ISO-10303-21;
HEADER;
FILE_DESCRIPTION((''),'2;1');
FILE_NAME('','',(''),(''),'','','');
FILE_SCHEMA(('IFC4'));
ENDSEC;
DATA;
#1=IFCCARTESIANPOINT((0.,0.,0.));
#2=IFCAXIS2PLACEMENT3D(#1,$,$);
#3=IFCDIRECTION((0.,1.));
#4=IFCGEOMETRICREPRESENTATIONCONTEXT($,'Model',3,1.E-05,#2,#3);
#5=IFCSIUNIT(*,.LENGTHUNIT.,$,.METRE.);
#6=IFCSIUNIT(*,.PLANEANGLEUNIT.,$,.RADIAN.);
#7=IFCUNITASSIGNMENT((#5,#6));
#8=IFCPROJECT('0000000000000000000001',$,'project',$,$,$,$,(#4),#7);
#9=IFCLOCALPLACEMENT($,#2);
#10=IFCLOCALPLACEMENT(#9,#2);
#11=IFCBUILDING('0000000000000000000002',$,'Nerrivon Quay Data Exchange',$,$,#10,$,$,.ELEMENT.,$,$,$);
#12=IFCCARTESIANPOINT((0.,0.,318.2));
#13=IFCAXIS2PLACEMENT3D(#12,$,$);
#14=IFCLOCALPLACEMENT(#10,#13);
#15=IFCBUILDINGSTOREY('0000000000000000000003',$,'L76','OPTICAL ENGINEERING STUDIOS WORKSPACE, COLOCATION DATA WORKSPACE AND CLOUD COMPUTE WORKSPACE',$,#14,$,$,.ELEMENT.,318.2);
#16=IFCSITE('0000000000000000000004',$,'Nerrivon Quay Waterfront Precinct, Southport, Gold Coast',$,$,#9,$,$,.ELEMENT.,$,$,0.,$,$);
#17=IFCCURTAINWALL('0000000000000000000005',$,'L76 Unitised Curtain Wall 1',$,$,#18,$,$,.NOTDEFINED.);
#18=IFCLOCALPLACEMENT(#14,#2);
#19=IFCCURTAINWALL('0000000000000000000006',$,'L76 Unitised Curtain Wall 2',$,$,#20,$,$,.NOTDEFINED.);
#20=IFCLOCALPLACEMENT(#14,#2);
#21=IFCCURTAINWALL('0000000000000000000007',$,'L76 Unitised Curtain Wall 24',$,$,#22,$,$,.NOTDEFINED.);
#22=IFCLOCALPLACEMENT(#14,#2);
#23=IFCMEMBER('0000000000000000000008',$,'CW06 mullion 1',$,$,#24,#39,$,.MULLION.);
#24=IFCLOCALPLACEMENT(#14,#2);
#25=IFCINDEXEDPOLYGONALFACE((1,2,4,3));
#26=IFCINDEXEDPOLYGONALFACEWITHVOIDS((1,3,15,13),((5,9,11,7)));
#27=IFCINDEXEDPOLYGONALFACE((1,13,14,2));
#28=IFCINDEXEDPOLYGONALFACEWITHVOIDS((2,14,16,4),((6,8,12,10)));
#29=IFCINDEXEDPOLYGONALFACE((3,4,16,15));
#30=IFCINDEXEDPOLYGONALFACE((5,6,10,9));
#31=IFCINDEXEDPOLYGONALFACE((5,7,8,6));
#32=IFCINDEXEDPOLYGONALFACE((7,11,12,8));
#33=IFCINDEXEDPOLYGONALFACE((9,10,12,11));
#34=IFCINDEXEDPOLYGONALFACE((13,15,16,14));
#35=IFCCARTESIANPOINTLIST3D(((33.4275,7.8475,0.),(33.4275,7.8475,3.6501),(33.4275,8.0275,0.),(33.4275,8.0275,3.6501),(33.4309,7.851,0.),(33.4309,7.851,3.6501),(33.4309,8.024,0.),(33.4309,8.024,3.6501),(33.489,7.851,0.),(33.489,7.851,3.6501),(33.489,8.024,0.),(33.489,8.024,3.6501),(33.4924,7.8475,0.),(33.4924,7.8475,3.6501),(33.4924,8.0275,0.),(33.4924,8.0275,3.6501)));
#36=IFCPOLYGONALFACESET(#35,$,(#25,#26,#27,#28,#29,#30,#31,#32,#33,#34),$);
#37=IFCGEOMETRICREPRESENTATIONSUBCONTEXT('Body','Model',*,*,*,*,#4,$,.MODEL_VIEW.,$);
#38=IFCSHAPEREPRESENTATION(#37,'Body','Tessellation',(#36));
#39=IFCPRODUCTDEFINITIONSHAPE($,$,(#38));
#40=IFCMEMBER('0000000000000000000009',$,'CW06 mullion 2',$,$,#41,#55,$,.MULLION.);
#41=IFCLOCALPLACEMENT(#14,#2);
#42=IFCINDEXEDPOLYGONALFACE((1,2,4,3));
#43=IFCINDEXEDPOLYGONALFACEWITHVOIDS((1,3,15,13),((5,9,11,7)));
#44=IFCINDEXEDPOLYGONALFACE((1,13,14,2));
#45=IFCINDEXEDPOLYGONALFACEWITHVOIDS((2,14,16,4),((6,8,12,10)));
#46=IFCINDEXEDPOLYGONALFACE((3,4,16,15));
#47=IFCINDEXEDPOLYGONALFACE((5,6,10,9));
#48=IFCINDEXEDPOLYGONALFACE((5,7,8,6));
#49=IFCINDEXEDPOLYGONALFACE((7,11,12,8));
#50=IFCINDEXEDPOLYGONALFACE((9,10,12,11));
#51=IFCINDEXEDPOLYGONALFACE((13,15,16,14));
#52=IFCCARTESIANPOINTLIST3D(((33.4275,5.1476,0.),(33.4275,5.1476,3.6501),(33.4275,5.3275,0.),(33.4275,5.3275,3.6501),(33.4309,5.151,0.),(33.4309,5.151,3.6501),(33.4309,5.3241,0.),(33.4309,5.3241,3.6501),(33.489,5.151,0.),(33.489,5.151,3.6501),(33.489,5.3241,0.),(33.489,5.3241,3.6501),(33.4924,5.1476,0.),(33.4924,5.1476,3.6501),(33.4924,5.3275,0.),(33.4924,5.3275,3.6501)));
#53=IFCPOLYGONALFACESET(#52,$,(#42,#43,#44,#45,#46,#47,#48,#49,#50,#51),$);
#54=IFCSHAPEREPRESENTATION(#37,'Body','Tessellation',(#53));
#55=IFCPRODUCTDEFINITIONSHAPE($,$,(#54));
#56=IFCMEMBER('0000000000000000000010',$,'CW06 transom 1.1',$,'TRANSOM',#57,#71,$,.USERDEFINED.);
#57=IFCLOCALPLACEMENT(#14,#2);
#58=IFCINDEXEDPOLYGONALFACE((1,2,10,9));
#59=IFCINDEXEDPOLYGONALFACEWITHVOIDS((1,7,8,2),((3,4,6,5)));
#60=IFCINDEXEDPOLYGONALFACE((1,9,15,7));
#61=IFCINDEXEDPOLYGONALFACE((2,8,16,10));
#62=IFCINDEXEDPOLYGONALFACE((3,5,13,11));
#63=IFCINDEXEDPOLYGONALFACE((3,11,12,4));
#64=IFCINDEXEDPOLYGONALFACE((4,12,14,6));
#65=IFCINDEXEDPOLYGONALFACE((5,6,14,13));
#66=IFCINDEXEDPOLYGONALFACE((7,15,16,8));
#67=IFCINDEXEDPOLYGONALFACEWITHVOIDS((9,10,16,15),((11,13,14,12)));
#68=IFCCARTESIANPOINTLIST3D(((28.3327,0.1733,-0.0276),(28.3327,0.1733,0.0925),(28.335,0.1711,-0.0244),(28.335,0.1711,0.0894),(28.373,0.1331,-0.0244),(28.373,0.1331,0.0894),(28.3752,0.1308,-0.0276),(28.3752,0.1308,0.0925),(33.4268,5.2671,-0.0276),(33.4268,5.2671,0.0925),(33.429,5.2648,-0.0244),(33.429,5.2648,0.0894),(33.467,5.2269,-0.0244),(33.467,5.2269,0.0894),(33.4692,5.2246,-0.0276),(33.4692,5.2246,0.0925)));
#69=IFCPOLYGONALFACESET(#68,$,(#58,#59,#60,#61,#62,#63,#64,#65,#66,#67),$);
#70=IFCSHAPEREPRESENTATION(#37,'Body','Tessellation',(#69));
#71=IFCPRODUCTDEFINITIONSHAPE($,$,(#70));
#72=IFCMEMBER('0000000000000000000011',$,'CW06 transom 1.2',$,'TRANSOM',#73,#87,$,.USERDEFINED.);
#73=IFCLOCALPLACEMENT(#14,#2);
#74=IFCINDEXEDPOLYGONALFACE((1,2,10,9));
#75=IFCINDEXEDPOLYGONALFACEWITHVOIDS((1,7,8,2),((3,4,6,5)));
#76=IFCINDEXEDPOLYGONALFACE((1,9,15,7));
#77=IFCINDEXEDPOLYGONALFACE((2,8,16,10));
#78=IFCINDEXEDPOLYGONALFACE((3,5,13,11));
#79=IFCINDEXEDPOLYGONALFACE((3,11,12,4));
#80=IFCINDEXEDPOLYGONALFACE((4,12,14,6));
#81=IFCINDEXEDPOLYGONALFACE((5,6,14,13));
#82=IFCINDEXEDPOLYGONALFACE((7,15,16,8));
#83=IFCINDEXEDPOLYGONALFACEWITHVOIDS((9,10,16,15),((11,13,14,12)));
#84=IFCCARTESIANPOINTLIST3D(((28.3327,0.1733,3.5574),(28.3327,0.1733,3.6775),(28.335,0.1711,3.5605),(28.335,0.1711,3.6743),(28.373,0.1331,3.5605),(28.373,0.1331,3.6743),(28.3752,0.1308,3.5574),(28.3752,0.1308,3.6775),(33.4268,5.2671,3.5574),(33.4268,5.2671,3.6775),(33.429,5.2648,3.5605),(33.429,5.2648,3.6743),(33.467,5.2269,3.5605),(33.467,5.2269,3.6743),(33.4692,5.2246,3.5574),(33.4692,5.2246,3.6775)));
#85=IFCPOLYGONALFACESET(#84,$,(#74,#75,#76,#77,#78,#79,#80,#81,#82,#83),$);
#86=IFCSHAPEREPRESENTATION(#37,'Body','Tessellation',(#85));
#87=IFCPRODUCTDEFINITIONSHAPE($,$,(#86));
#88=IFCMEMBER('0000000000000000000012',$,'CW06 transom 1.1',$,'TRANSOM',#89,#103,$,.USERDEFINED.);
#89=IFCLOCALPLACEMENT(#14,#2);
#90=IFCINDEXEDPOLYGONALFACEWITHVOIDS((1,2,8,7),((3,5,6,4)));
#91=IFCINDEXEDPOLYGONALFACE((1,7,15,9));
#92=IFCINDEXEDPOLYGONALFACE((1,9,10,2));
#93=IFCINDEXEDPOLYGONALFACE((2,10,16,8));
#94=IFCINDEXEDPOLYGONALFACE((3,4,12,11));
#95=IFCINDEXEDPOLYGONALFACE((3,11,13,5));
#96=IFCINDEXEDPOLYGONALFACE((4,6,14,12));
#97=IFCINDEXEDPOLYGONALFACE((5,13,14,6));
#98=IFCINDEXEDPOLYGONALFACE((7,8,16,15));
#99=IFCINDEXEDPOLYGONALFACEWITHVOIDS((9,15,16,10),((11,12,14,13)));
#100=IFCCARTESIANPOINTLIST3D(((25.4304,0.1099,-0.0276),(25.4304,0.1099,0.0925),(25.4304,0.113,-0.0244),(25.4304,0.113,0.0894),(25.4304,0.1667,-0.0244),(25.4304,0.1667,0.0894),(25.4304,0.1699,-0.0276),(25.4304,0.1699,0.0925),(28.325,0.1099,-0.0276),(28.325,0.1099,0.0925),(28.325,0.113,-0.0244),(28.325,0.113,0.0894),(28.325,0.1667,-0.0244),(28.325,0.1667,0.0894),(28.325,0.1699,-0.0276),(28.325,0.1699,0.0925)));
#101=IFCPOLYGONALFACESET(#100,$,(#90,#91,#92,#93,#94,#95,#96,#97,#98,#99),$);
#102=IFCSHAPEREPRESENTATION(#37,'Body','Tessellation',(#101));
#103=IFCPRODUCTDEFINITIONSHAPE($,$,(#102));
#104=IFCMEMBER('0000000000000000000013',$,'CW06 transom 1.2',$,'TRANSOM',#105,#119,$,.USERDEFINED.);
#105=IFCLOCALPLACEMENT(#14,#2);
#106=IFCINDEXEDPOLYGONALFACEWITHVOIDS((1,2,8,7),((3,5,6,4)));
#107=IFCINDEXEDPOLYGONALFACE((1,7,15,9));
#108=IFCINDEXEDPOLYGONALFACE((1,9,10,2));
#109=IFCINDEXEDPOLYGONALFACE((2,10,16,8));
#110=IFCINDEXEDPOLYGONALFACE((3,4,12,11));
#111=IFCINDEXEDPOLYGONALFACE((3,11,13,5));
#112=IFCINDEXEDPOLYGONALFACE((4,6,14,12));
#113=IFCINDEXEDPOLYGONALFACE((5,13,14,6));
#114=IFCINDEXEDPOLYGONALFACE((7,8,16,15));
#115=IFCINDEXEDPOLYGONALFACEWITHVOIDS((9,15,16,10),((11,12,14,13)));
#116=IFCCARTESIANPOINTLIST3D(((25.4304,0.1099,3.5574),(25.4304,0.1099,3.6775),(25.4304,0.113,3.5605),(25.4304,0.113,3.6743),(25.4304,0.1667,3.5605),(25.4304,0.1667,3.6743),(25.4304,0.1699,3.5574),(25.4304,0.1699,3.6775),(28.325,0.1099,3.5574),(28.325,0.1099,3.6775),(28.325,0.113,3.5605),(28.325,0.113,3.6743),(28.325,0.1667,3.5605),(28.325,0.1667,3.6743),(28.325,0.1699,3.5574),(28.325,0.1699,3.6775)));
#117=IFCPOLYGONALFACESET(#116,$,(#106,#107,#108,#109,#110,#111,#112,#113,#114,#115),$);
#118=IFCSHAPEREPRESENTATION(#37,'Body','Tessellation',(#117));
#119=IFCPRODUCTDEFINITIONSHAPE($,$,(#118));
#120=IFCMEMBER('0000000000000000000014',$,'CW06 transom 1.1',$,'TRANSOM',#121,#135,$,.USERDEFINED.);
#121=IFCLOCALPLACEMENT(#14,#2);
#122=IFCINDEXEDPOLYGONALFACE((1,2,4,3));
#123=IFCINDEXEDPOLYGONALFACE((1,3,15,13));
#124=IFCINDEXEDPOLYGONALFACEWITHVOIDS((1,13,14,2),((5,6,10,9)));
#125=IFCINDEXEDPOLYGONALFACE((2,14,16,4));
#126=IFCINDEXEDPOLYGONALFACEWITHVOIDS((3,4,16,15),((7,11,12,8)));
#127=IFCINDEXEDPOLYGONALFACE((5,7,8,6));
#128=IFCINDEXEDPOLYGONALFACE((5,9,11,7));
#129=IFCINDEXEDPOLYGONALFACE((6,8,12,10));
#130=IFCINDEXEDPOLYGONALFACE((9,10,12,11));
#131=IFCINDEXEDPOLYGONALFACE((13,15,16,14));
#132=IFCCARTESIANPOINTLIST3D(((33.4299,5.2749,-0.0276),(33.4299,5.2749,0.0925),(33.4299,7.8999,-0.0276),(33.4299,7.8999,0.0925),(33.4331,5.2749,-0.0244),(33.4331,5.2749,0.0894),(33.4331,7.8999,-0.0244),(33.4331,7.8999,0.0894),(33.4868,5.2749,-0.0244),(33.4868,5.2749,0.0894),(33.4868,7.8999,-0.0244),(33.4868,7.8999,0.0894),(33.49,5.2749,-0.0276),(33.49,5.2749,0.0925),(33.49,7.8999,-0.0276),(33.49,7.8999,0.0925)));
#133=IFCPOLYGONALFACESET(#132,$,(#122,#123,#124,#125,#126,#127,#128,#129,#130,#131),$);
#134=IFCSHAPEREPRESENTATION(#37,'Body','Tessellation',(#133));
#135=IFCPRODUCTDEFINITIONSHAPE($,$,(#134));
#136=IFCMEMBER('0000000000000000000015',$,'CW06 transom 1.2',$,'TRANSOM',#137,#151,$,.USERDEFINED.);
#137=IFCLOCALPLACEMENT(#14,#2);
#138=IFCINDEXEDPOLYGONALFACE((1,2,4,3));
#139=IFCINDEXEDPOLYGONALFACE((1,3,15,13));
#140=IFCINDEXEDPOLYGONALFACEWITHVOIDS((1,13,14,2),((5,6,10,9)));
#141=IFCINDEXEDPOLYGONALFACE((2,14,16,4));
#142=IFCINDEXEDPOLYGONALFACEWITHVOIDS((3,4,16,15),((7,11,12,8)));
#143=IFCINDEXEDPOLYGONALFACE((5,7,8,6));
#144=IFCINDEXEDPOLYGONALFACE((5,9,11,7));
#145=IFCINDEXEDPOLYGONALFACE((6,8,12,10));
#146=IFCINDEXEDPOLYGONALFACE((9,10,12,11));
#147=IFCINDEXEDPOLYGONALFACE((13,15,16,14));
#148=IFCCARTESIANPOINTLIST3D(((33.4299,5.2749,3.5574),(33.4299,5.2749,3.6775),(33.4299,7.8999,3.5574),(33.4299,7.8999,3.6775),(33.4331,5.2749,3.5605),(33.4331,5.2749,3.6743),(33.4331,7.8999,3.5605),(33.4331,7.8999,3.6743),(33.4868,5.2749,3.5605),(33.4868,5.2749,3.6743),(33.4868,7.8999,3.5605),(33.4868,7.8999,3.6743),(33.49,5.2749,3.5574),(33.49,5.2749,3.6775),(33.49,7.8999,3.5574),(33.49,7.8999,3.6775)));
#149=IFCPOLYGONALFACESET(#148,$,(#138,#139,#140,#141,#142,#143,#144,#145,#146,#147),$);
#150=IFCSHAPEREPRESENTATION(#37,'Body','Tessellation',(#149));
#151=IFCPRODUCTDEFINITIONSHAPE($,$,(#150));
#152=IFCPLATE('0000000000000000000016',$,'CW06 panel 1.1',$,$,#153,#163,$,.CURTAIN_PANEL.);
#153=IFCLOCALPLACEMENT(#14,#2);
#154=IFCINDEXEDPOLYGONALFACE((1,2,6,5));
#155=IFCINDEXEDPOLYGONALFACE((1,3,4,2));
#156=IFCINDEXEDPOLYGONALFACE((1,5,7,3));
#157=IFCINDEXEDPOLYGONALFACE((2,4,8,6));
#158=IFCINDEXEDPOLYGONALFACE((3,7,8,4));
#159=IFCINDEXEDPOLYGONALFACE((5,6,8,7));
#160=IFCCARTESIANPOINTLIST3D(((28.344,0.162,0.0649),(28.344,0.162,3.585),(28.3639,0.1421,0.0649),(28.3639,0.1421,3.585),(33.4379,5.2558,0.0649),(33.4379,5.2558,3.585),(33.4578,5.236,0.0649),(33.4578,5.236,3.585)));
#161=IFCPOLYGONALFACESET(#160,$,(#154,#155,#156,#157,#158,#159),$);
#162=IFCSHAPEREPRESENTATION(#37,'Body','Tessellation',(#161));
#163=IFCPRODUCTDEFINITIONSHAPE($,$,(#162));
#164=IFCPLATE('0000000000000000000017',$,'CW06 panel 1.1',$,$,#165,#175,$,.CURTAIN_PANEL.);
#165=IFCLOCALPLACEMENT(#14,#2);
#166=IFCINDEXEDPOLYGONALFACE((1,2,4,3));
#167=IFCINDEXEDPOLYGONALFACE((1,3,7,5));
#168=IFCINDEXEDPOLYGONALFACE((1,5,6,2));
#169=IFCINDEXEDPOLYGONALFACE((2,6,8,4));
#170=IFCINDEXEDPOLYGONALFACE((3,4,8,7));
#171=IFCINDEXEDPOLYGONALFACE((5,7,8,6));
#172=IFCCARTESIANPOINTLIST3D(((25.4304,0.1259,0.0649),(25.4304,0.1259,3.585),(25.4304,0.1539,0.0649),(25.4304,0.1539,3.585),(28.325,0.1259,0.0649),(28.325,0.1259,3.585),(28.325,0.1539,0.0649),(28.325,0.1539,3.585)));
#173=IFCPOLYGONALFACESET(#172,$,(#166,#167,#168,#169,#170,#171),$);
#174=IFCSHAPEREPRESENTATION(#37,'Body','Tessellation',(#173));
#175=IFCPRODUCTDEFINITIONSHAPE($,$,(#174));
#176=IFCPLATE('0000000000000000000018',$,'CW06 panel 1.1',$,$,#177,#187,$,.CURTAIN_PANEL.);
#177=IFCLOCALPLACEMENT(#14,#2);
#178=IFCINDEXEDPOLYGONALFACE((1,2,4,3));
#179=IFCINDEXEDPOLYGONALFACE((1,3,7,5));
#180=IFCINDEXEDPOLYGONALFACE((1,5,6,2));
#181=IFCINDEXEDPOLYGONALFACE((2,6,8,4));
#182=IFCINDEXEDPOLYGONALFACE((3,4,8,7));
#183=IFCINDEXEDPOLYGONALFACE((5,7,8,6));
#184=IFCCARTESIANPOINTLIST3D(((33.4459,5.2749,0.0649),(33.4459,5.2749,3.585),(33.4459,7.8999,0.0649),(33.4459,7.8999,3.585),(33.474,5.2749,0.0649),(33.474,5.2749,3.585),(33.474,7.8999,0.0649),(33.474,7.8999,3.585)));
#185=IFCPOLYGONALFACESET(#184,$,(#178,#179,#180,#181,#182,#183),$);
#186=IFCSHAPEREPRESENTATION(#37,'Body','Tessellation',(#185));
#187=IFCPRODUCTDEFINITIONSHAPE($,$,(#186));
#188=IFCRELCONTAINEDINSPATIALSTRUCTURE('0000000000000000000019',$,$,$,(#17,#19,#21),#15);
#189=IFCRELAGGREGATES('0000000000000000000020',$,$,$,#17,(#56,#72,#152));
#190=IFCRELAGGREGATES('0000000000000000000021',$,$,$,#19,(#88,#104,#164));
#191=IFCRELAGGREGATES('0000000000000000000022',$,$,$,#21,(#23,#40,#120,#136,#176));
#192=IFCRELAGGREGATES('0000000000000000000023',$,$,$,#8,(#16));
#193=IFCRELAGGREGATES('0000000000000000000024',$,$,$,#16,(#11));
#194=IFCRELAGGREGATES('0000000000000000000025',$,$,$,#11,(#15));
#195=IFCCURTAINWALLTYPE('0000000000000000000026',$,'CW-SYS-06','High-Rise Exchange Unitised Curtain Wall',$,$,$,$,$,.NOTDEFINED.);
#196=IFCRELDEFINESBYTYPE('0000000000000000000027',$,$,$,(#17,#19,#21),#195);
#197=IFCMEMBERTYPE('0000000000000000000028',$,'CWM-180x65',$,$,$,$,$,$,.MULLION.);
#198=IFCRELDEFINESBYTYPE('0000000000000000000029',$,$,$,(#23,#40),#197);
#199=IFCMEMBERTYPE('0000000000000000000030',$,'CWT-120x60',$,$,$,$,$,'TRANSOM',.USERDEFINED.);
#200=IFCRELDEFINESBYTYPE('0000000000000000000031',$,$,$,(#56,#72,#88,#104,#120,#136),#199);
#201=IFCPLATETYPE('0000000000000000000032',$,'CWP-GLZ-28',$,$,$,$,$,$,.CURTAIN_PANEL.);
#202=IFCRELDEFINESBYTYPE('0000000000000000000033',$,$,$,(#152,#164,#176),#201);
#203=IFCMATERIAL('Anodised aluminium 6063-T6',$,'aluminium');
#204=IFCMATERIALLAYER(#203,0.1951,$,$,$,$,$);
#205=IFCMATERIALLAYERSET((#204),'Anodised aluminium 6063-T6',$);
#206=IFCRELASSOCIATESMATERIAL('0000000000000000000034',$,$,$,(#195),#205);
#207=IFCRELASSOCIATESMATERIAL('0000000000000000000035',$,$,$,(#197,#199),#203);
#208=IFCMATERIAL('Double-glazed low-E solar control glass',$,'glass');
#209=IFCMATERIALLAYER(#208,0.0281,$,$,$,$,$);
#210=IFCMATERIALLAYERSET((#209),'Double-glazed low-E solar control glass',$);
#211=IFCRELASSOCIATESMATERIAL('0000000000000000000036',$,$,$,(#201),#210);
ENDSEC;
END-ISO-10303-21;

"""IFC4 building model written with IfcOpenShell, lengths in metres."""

from ifc_helpers import new_model, si_unit, direction, frame, origin, origin_2d, place, context, subcontext, project, spatial, rectangle, hollow_rectangle, extrude, material, layer, layer_set, material_profile, profile_set, type_object, element, aggregate, save


model = new_model("IFC4")

# Units and contexts
model_context = context("Model", 3, precision=1e-05, world=origin(), true_north=direction((0.0, 1.0)))
body_context = subcontext(model_context, "Body", "Model", "MODEL_VIEW")
ifc_project = project(units=[si_unit("LENGTHUNIT", "METRE"), si_unit("PLANEANGLEUNIT", "RADIAN")], contexts=[model_context])

# Site, building, storey
site_placement = place(None, origin())
site = spatial("IfcSite", under=ifc_project, at=site_placement, Name="Nerrivon Quay Waterfront Precinct, Southport, Gold Coast", CompositionType="ELEMENT", RefElevation=0.0)
building_placement = place(site_placement, origin())
building = spatial("IfcBuilding", under=site, at=building_placement, Name="Nerrivon Quay Data Exchange", CompositionType="ELEMENT")
storey_placement = place(building_placement, frame((0.0, 0.0, 318.2)))
storey = spatial("IfcBuildingStorey", under=building, at=storey_placement, Name="L76", Description="OPTICAL ENGINEERING STUDIOS WORKSPACE, COLOCATION DATA WORKSPACE AND CLOUD COMPUTE WORKSPACE", CompositionType="ELEMENT", Elevation=318.2)

# Curtain walls, members
ifc_material_1 = material(Name="Anodised aluminium 6063-T6", Category="aluminium")
ifc_layer_1 = layer(ifc_material_1, 0.1951)
ifc_layer_set_1 = layer_set([ifc_layer_1], Name="Anodised aluminium 6063-T6")
curtain_wall_type = type_object("IfcCurtainWallType", Name="CW-SYS-06", Description="High-Rise Exchange Unitised Curtain Wall", PredefinedType="NOTDEFINED", material=ifc_layer_set_1)
curtain_wall_1_placement = place(storey_placement, origin())
curtain_wall_1 = element("IfcCurtainWall", 1, at=curtain_wall_1_placement, inside=storey, type_object=curtain_wall_type, Name="L76 Unitised Curtain Wall 1", PredefinedType="NOTDEFINED")
ifc_material_profile_1 = material_profile(ifc_material_1, hollow_rectangle(XDim=0.0649, YDim=0.1799, WallThickness=0.0034, at=origin_2d()), Name="ALU-MULL-180x65")
ifc_profile_set_1 = profile_set([ifc_material_profile_1], Name="Anodised aluminium 6063-T6")
member_type_1 = type_object("IfcMemberType", Name="CWM-180x65", PredefinedType="MULLION", material=ifc_profile_set_1)
curtain_wall_2_placement = place(storey_placement, origin())
curtain_wall_2 = element("IfcCurtainWall", 2, at=curtain_wall_2_placement, inside=storey, type_object=curtain_wall_type, Name="L76 Unitised Curtain Wall 2", PredefinedType="NOTDEFINED")
curtain_wall_3_placement = place(storey_placement, origin())
curtain_wall_3 = element("IfcCurtainWall", 3, at=curtain_wall_3_placement, inside=storey, type_object=curtain_wall_type, Name="L76 Unitised Curtain Wall 24", PredefinedType="NOTDEFINED")
member_1_placement = place(storey_placement, frame((33.46, 7.9375, 0.0), z_axis=(0.0, 0.0, 1.0), x_axis=(1.0, 0.0, 0.0)))
member_1 = element("IfcMember", 4, at=member_1_placement, type_object=member_type_1, Name="CW06 mullion 1", PredefinedType="MULLION", context=body_context, shape_type="SweptSolid", body=[
    extrude(hollow_rectangle(XDim=0.0649, YDim=0.1799, WallThickness=0.0034, at=origin_2d()), origin(), (0.0, 0.0, 1.0), 3.6501),
])
member_2_placement = place(storey_placement, frame((33.46, 5.2375, 0.0), z_axis=(0.0, 0.0, 1.0), x_axis=(1.0, 0.0, 0.0)))
member_2 = element("IfcMember", 5, at=member_2_placement, type_object=member_type_1, Name="CW06 mullion 2", PredefinedType="MULLION", context=body_context, shape_type="SweptSolid", body=[
    extrude(hollow_rectangle(XDim=0.0649, YDim=0.1799, WallThickness=0.0034, at=origin_2d()), origin(), (0.0, 0.0, 1.0), 3.6501),
])

# Members
ifc_material_profile_2 = material_profile(ifc_material_1, hollow_rectangle(XDim=0.0601, YDim=0.1201, WallThickness=0.0032, at=origin_2d()), Name="ALU-TRAN-120x60")
ifc_profile_set_2 = profile_set([ifc_material_profile_2], Name="Anodised aluminium 6063-T6")
member_type_2 = type_object("IfcMemberType", Name="CWT-120x60", ElementType="TRANSOM", PredefinedType="USERDEFINED", material=ifc_profile_set_2)
member_3_placement = place(storey_placement, frame((33.448, 5.2458, 0.0325), z_axis=(-0.707124, -0.70709, 0.0), x_axis=(0.70709, -0.707124, 0.0)))
member_3 = element("IfcMember", 6, at=member_3_placement, type_object=member_type_2, Name="CW06 transom 1.1", ObjectType="TRANSOM", PredefinedType="USERDEFINED", context=body_context, shape_type="SweptSolid", body=[
    extrude(hollow_rectangle(XDim=0.0601, YDim=0.1201, WallThickness=0.0032, at=origin_2d()), origin(), (0.0, 0.0, 1.0), 7.2039),
])
member_4_placement = place(storey_placement, frame((33.448, 5.2458, 3.6174), z_axis=(-0.707124, -0.70709, 0.0), x_axis=(0.70709, -0.707124, 0.0)))
member_4 = element("IfcMember", 7, at=member_4_placement, type_object=member_type_2, Name="CW06 transom 1.2", ObjectType="TRANSOM", PredefinedType="USERDEFINED", context=body_context, shape_type="SweptSolid", body=[
    extrude(hollow_rectangle(XDim=0.0601, YDim=0.1201, WallThickness=0.0032, at=origin_2d()), origin(), (0.0, 0.0, 1.0), 7.2039),
])
member_5_placement = place(storey_placement, frame((28.325, 0.1399, 0.0325), z_axis=(-1.0, 0.0, 0.0), x_axis=(0.0, -1.0, 0.0)))
member_5 = element("IfcMember", 8, at=member_5_placement, type_object=member_type_2, Name="CW06 transom 1.1", ObjectType="TRANSOM", PredefinedType="USERDEFINED", context=body_context, shape_type="SweptSolid", body=[
    extrude(hollow_rectangle(XDim=0.0601, YDim=0.1201, WallThickness=0.0032, at=origin_2d()), origin(), (0.0, 0.0, 1.0), 2.8945),
])
member_6_placement = place(storey_placement, frame((28.325, 0.1399, 3.6174), z_axis=(-1.0, 0.0, 0.0), x_axis=(0.0, -1.0, 0.0)))
member_6 = element("IfcMember", 9, at=member_6_placement, type_object=member_type_2, Name="CW06 transom 1.2", ObjectType="TRANSOM", PredefinedType="USERDEFINED", context=body_context, shape_type="SweptSolid", body=[
    extrude(hollow_rectangle(XDim=0.0601, YDim=0.1201, WallThickness=0.0032, at=origin_2d()), origin(), (0.0, 0.0, 1.0), 2.8945),
])
member_7_placement = place(storey_placement, frame((33.46, 7.8999, 0.0325), z_axis=(0.0, -1.0, 0.0), x_axis=(1.0, 0.0, 0.0)))
member_7 = element("IfcMember", 10, at=member_7_placement, type_object=member_type_2, Name="CW06 transom 1.1", ObjectType="TRANSOM", PredefinedType="USERDEFINED", context=body_context, shape_type="SweptSolid", body=[
    extrude(hollow_rectangle(XDim=0.0601, YDim=0.1201, WallThickness=0.0032, at=origin_2d()), origin(), (0.0, 0.0, 1.0), 2.625),
])
member_8_placement = place(storey_placement, frame((33.46, 7.8999, 3.6174), z_axis=(0.0, -1.0, 0.0), x_axis=(1.0, 0.0, 0.0)))
member_8 = element("IfcMember", 11, at=member_8_placement, type_object=member_type_2, Name="CW06 transom 1.2", ObjectType="TRANSOM", PredefinedType="USERDEFINED", context=body_context, shape_type="SweptSolid", body=[
    extrude(hollow_rectangle(XDim=0.0601, YDim=0.1201, WallThickness=0.0032, at=origin_2d()), origin(), (0.0, 0.0, 1.0), 2.625),
])

# Plates
ifc_material_2 = material(Name="Double-glazed low-E solar control glass", Category="glass")
ifc_layer_2 = layer(ifc_material_2, 0.0281)
ifc_layer_set_2 = layer_set([ifc_layer_2], Name="Double-glazed low-E solar control glass")
plate_type = type_object("IfcPlateType", Name="CWP-GLZ-28", PredefinedType="CURTAIN_PANEL", material=ifc_layer_set_2)
plate_1_placement = place(storey_placement, frame((30.9009, 2.699, 0.0649), z_axis=(0.0, 0.0, 1.0), x_axis=(-0.707107, -0.707107, 0.0)))
plate_1 = element("IfcPlate", 12, at=plate_1_placement, type_object=plate_type, Name="CW06 panel 1.1", PredefinedType="CURTAIN_PANEL", context=body_context, shape_type="SweptSolid", body=[
    extrude(rectangle(XDim=7.2039, YDim=0.0281, at=origin_2d()), origin(), (0.0, 0.0, 1.0), 3.52),
])
aggregate(curtain_wall_1, [member_3, member_4, plate_1])
plate_2_placement = place(storey_placement, frame((26.8777, 0.1399, 0.0649), z_axis=(0.0, 0.0, 1.0), x_axis=(-1.0, 0.0, 0.0)))
plate_2 = element("IfcPlate", 13, at=plate_2_placement, type_object=plate_type, Name="CW06 panel 1.1", PredefinedType="CURTAIN_PANEL", context=body_context, shape_type="SweptSolid", body=[
    extrude(rectangle(XDim=2.8945, YDim=0.0281, at=origin_2d()), origin(), (0.0, 0.0, 1.0), 3.52),
])
aggregate(curtain_wall_2, [member_5, member_6, plate_2])
plate_3_placement = place(storey_placement, frame((33.46, 6.5874, 0.0649), z_axis=(0.0, 0.0, 1.0), x_axis=(0.0, -1.0, 0.0)))
plate_3 = element("IfcPlate", 14, at=plate_3_placement, type_object=plate_type, Name="CW06 panel 1.1", PredefinedType="CURTAIN_PANEL", context=body_context, shape_type="SweptSolid", body=[
    extrude(rectangle(XDim=2.625, YDim=0.0281, at=origin_2d()), origin(), (0.0, 0.0, 1.0), 3.52),
])
aggregate(curtain_wall_3, [member_1, member_2, member_7, member_8, plate_3])

save(model, "model.ifc")
